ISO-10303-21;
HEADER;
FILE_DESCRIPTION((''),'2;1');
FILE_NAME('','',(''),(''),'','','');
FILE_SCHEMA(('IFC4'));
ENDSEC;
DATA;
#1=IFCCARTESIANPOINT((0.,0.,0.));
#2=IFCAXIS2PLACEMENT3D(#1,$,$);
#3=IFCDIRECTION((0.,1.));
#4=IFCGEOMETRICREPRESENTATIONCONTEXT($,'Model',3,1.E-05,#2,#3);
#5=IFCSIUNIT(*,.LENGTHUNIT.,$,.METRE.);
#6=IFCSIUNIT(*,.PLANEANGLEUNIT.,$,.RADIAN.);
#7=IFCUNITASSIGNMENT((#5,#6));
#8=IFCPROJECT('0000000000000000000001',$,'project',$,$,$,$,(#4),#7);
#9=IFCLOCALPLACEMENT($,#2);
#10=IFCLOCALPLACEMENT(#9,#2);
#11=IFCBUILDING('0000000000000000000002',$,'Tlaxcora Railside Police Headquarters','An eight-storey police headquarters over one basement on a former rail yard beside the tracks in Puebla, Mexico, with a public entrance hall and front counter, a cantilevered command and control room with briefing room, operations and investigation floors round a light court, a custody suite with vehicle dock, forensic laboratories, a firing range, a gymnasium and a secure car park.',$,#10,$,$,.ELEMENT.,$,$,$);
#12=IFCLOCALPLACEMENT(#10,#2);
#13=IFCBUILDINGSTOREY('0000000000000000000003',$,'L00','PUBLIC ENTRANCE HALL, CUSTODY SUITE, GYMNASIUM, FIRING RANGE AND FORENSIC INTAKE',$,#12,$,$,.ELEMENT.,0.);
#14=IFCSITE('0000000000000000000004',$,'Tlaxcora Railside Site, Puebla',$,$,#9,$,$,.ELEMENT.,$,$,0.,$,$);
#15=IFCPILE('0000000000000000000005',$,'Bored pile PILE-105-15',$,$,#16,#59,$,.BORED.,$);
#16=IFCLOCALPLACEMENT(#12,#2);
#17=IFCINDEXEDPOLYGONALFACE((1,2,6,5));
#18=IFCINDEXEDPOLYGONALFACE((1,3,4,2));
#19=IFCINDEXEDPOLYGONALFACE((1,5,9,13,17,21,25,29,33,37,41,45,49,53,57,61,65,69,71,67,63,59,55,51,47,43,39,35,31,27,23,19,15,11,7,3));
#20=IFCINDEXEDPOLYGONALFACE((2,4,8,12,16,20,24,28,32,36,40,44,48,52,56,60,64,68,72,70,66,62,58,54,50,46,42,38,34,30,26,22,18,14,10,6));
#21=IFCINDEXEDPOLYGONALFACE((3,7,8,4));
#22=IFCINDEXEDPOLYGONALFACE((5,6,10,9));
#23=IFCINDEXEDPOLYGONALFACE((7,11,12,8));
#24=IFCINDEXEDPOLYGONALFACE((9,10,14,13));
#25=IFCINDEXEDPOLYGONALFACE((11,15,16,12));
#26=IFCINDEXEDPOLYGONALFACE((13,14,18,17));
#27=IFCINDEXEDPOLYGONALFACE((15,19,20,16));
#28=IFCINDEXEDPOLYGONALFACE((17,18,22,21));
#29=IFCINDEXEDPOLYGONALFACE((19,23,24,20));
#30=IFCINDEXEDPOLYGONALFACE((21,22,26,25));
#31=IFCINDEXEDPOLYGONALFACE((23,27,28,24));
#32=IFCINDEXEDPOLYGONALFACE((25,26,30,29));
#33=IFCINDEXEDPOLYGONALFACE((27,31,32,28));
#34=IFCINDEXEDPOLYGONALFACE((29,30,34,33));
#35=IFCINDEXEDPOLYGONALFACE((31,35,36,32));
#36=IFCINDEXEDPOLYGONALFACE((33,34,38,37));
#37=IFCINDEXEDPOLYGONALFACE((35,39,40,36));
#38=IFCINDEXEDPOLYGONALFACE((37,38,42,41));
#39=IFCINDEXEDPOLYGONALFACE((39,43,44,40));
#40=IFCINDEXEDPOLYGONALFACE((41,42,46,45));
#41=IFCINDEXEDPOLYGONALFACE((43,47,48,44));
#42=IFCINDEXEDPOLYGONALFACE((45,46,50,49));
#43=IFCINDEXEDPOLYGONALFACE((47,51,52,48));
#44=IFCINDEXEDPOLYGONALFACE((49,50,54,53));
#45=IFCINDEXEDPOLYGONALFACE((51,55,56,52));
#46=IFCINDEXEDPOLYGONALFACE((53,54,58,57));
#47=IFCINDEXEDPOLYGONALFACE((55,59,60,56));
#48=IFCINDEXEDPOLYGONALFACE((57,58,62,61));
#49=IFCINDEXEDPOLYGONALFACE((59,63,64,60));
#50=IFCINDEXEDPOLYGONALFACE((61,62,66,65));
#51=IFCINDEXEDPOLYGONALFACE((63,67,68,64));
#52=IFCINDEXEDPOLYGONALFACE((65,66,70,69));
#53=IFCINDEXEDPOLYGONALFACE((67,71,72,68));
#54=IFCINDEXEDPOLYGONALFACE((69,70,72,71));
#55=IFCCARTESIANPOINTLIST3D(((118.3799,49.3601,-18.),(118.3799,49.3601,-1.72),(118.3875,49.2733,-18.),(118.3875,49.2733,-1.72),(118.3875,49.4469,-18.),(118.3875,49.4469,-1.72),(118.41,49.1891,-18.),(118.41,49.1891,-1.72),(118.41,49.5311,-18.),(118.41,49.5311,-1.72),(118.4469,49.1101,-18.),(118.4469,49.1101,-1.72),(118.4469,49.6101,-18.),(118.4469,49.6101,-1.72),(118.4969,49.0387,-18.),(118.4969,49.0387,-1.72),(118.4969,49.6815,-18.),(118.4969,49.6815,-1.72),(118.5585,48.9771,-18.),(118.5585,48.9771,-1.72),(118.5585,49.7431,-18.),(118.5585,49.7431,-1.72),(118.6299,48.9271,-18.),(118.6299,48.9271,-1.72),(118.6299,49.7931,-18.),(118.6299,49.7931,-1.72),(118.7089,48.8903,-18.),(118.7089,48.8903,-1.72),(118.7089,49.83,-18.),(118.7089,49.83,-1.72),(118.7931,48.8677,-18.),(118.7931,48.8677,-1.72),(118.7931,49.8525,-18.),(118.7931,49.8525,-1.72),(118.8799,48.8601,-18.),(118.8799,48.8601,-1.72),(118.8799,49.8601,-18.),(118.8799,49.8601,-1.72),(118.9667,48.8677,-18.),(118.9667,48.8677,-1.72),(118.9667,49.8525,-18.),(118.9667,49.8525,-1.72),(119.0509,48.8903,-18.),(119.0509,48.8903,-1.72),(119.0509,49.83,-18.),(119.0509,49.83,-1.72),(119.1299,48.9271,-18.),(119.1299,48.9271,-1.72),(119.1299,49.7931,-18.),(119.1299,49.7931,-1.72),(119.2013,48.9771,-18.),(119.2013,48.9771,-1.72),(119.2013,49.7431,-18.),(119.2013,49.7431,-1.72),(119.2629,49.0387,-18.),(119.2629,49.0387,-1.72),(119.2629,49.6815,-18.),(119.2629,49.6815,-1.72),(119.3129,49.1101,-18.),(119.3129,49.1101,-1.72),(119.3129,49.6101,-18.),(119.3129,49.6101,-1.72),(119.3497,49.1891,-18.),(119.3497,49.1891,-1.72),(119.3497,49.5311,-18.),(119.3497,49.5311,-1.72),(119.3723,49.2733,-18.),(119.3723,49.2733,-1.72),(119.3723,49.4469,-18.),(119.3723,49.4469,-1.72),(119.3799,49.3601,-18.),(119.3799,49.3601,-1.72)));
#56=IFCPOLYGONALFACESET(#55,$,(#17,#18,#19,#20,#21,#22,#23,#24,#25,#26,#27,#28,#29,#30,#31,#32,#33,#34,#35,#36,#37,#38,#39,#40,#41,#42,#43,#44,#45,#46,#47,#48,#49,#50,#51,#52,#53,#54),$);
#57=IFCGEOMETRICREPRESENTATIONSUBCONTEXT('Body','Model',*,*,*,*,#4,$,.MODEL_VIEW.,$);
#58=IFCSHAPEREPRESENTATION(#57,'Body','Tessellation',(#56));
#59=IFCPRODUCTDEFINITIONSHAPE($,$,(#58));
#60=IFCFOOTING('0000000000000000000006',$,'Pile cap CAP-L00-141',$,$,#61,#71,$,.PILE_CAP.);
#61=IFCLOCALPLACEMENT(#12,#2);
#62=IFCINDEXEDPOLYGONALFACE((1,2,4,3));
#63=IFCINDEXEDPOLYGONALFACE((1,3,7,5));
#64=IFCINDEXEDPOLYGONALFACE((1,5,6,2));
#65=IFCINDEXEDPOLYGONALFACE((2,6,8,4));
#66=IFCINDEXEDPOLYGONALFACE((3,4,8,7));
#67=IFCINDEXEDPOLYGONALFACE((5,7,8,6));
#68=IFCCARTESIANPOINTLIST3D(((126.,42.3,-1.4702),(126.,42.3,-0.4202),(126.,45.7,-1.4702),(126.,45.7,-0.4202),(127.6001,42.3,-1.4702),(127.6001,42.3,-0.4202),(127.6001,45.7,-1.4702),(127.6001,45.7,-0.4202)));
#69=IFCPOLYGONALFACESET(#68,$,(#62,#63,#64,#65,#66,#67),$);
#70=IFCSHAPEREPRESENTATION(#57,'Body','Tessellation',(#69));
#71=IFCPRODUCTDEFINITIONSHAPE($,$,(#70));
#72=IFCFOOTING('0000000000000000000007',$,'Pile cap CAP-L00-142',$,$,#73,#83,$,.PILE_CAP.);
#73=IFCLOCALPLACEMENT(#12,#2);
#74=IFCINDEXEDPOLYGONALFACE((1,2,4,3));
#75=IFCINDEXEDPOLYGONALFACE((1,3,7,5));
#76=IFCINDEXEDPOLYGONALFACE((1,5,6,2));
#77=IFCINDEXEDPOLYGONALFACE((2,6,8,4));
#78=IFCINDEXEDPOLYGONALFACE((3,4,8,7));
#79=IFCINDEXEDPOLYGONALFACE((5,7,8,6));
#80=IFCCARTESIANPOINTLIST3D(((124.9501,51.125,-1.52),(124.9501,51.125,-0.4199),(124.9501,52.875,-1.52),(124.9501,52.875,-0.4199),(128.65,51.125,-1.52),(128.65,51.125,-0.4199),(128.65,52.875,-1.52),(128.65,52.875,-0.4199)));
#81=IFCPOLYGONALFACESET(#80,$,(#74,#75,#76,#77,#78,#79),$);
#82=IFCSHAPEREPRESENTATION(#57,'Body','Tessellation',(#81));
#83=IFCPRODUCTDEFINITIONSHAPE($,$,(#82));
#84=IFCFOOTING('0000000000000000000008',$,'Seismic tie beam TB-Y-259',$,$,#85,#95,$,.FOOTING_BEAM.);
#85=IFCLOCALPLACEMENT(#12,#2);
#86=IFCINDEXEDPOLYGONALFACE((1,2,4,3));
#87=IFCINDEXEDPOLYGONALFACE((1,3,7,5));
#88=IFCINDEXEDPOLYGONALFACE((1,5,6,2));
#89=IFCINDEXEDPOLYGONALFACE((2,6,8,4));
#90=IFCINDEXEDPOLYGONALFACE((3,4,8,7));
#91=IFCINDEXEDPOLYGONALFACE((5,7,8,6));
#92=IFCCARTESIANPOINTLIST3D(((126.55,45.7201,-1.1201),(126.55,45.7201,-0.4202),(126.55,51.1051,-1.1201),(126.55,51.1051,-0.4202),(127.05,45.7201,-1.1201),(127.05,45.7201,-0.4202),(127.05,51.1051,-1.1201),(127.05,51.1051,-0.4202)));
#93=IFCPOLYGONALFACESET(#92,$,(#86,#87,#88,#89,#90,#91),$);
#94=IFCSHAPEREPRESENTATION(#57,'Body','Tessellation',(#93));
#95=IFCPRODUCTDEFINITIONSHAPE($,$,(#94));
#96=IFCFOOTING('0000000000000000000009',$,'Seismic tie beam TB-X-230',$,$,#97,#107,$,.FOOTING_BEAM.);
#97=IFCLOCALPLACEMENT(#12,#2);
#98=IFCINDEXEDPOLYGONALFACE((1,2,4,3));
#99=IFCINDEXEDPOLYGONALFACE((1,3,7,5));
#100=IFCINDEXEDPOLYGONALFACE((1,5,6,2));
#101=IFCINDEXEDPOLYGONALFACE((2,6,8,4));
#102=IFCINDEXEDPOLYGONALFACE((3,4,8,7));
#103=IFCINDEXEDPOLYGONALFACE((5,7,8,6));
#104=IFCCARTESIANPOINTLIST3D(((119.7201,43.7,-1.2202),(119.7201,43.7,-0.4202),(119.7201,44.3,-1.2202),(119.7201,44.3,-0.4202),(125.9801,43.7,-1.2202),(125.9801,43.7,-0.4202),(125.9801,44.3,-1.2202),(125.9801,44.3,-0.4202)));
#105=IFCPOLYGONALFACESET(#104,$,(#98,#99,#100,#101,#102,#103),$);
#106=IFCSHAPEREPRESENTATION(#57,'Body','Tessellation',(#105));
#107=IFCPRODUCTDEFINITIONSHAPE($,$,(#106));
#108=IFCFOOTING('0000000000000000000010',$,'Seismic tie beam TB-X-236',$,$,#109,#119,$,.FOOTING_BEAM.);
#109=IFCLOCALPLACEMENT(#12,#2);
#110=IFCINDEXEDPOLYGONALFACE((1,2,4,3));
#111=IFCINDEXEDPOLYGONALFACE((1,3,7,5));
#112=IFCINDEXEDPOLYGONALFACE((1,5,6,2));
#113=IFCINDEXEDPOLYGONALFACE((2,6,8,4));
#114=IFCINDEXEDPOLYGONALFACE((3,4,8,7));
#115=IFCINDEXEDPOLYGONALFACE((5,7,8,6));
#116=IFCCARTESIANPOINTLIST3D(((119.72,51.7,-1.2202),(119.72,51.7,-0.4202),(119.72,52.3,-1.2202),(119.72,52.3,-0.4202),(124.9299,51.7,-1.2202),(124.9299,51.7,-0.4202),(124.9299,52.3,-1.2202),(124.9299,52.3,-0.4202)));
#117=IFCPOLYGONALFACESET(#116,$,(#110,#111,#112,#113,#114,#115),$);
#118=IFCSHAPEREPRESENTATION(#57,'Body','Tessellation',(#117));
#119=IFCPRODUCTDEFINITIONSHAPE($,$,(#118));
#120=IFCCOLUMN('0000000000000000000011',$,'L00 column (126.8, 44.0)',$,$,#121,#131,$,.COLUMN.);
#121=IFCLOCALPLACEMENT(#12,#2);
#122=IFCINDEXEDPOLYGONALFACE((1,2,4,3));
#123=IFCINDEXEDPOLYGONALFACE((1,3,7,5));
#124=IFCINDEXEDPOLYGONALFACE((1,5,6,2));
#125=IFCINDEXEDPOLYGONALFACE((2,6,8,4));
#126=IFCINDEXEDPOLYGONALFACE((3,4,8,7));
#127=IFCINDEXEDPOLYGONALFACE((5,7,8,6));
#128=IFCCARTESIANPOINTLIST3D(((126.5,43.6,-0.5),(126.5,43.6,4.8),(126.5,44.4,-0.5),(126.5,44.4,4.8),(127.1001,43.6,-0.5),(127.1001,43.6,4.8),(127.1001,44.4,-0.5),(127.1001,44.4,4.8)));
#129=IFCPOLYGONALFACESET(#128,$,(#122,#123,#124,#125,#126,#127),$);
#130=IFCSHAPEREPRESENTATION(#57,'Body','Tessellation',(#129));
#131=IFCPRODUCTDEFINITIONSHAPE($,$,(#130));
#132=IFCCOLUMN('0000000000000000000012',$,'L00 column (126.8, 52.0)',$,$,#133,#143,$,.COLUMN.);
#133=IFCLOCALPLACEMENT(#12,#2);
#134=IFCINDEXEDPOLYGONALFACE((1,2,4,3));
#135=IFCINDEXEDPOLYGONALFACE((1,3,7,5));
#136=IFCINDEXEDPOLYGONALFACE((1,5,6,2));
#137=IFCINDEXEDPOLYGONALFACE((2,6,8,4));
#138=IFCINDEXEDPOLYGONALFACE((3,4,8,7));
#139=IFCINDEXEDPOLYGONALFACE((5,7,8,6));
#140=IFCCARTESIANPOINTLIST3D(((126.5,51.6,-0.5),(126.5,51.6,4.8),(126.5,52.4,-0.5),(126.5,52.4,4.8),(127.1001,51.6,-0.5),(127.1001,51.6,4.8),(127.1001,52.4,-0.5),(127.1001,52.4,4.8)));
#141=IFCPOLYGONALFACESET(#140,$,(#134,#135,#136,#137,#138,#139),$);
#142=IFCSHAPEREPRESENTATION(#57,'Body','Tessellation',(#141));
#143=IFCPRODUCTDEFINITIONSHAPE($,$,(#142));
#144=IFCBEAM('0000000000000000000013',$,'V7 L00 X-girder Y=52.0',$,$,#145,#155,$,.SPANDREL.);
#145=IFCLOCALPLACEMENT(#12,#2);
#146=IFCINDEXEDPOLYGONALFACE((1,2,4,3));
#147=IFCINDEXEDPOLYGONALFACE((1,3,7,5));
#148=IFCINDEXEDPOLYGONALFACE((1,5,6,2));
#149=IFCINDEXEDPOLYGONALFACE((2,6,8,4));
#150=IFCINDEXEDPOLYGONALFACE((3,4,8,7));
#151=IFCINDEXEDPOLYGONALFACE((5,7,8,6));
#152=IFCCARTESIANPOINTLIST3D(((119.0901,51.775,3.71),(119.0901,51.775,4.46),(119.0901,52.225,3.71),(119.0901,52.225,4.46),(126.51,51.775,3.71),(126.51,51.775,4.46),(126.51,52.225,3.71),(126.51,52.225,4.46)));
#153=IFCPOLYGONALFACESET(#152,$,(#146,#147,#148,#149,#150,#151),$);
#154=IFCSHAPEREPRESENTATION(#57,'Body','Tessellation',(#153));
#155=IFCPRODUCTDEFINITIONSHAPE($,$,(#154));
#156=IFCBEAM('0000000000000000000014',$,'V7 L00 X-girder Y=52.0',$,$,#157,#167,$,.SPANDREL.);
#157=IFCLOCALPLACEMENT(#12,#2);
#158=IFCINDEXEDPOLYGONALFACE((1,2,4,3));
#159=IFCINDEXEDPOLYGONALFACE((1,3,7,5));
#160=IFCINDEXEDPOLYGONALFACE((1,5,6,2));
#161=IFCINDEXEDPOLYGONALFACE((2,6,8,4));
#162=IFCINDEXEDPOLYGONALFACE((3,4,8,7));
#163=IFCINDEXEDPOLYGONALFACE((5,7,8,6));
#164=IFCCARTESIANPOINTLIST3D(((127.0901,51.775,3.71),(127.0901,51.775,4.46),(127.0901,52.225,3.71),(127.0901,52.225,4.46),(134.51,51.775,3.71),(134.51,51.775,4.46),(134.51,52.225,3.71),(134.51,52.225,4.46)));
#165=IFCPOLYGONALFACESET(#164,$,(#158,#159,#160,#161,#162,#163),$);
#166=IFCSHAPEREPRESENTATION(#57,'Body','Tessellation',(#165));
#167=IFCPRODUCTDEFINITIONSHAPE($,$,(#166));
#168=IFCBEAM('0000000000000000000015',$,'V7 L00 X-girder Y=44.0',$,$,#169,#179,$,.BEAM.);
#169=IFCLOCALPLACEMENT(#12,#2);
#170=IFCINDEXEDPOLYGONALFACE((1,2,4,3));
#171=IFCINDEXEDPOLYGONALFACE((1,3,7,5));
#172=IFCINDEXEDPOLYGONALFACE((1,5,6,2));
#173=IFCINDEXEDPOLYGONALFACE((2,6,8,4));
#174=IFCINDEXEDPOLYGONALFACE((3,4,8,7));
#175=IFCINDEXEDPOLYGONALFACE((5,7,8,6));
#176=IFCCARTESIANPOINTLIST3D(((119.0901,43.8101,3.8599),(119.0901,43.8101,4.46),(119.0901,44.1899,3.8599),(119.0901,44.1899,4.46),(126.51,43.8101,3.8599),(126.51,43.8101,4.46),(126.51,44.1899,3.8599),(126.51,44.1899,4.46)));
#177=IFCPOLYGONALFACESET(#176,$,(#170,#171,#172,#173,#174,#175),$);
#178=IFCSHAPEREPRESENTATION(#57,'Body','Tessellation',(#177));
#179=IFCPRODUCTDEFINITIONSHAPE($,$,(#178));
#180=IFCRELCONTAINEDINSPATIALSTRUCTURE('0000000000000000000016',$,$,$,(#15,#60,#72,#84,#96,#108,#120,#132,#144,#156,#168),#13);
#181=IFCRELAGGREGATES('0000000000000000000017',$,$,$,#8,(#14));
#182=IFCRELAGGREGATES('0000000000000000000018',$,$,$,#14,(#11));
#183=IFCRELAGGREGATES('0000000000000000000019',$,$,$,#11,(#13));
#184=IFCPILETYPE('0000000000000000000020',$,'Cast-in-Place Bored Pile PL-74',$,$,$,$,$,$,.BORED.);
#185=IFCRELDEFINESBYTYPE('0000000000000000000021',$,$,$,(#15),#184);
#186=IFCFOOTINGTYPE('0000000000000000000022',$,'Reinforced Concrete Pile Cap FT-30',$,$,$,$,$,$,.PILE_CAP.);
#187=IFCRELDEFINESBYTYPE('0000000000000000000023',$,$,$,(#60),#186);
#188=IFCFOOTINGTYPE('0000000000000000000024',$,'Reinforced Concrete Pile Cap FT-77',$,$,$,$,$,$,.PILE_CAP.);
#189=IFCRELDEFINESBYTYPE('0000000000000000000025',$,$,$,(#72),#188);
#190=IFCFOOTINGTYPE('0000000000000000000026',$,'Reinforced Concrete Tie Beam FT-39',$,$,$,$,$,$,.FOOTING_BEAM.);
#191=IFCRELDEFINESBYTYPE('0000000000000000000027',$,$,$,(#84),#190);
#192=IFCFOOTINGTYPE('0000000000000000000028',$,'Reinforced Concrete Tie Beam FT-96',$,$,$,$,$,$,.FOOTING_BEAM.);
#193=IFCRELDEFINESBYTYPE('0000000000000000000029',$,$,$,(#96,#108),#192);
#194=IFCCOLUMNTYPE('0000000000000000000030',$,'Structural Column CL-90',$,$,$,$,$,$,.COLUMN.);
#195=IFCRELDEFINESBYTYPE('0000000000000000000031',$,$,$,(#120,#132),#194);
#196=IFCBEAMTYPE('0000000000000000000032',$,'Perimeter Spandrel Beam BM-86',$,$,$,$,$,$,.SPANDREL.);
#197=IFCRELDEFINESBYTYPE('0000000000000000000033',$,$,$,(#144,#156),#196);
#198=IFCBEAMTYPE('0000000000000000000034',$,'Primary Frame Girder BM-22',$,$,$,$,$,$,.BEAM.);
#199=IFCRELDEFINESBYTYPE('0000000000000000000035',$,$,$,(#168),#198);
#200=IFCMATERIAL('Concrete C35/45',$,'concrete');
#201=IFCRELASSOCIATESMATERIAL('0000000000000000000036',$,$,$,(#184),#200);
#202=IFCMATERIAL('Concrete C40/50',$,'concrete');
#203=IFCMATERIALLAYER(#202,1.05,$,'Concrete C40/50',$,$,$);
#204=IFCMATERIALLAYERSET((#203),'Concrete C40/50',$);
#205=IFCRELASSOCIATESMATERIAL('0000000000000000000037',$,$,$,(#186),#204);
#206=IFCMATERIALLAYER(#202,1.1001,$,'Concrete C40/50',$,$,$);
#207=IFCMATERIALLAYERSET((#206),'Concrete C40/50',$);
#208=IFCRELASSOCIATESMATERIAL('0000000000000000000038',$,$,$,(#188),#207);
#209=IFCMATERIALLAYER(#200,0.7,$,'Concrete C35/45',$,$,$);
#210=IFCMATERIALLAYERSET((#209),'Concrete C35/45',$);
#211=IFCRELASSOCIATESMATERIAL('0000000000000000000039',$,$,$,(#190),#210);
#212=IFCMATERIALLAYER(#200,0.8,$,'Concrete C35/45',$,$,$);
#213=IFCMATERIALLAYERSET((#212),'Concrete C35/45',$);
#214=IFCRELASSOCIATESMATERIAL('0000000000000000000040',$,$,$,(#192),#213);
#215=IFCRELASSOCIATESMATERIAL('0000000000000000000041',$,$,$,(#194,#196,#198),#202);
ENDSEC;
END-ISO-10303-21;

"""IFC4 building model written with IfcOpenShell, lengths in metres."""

from ifc_helpers import new_model, si_unit, direction, frame, origin, origin_2d, place, context, subcontext, project, spatial, rectangle, circle, extrude, material, layer, layer_set, material_profile, profile_set, type_object, element, save


model = new_model("IFC4")

# Units and contexts
model_context = context("Model", 3, precision=1e-05, world=origin(), true_north=direction((0.0, 1.0)))
body_context = subcontext(model_context, "Body", "Model", "MODEL_VIEW")
ifc_project = project(units=[si_unit("LENGTHUNIT", "METRE"), si_unit("PLANEANGLEUNIT", "RADIAN")], contexts=[model_context])

# Site, building, storey
site_placement = place(None, origin())
site = spatial("IfcSite", under=ifc_project, at=site_placement, Name="Tlaxcora Railside Site, Puebla", CompositionType="ELEMENT", RefElevation=0.0)
building_placement = place(site_placement, origin())
building = spatial("IfcBuilding", under=site, at=building_placement, Name="Tlaxcora Railside Police Headquarters", Description="An eight-storey police headquarters over one basement on a former rail yard beside the tracks in Puebla, Mexico, with a public entrance hall and front counter, a cantilevered command and control room with briefing room, operations and investigation floors round a light court, a custody suite with vehicle dock, forensic laboratories, a firing range, a gymnasium and a secure car park.", CompositionType="ELEMENT")
storey_placement = place(building_placement, origin())
storey = spatial("IfcBuildingStorey", under=building, at=storey_placement, Name="L00", Description="PUBLIC ENTRANCE HALL, CUSTODY SUITE, GYMNASIUM, FIRING RANGE AND FORENSIC INTAKE", CompositionType="ELEMENT", Elevation=0.0)

# Pile
ifc_material_1 = material(Name="Concrete C35/45", Category="concrete")
ifc_material_profile_1 = material_profile(ifc_material_1, circle(Radius=0.5, at=origin_2d()), Name="PILE1000")
ifc_profile_set_1 = profile_set([ifc_material_profile_1], Name="Concrete C35/45")
pile_type_1 = type_object("IfcPileType", Name="Cast-in-Place Bored Pile PL-74", PredefinedType="BORED", material=ifc_profile_set_1)
for number, where, z_axis, x_axis, name in (
    (1, (118.8799, 49.3601, -1.72), (0.0, 0.0, -1.0), (1.0, 0.0, 0.0), "Bored pile PILE-105-15"),
):
    element("IfcPile", number, at=place(storey_placement, frame(where, z_axis=z_axis, x_axis=x_axis)), inside=storey, type_object=pile_type_1, Name=name, PredefinedType="BORED", context=body_context, shape_type="SweptSolid", body=[
        extrude(circle(Radius=0.5, at=origin_2d()), origin(), (0.0, 0.0, 1.0), 16.28),
    ])

# Footings
ifc_material_2 = material(Name="Concrete C40/50", Category="concrete")
ifc_layer_1 = layer(ifc_material_2, 1.05, Name="Concrete C40/50")
ifc_layer_set_1 = layer_set([ifc_layer_1], Name="Concrete C40/50")
footing_type_1 = type_object("IfcFootingType", Name="Reinforced Concrete Pile Cap FT-30", PredefinedType="PILE_CAP", material=ifc_layer_set_1)
footing_1_placement = place(storey_placement, frame((126.8, 44.0, -1.4702), z_axis=(0.0, 0.0, 1.0), x_axis=(1.0, 0.0, 0.0)))
element("IfcFooting", 2, at=footing_1_placement, inside=storey, type_object=footing_type_1, Name="Pile cap CAP-L00-141", PredefinedType="PILE_CAP", context=body_context, shape_type="SweptSolid", body=[
    extrude(rectangle(XDim=1.6001, YDim=3.3999, at=origin_2d()), origin(), (0.0, 0.0, 1.0), 1.05),
])
ifc_layer_2 = layer(ifc_material_2, 1.1001, Name="Concrete C40/50")
ifc_layer_set_2 = layer_set([ifc_layer_2], Name="Concrete C40/50")
footing_type_2 = type_object("IfcFootingType", Name="Reinforced Concrete Pile Cap FT-77", PredefinedType="PILE_CAP", material=ifc_layer_set_2)
footing_2_placement = place(storey_placement, frame((126.8, 52.0, -1.52), z_axis=(0.0, 0.0, 1.0), x_axis=(1.0, 0.0, 0.0)))
element("IfcFooting", 3, at=footing_2_placement, inside=storey, type_object=footing_type_2, Name="Pile cap CAP-L00-142", PredefinedType="PILE_CAP", context=body_context, shape_type="SweptSolid", body=[
    extrude(rectangle(XDim=3.7, YDim=1.75, at=origin_2d()), origin(), (0.0, 0.0, 1.0), 1.1001),
])
ifc_layer_3 = layer(ifc_material_1, 0.7, Name="Concrete C35/45")
ifc_layer_set_3 = layer_set([ifc_layer_3], Name="Concrete C35/45")
footing_type_3 = type_object("IfcFootingType", Name="Reinforced Concrete Tie Beam FT-39", PredefinedType="FOOTING_BEAM", material=ifc_layer_set_3)
footing_3_placement = place(storey_placement, frame((126.8, 48.4126, -1.1201), z_axis=(0.0, 0.0, 1.0), x_axis=(0.0, 1.0, 0.0)))
element("IfcFooting", 4, at=footing_3_placement, inside=storey, type_object=footing_type_3, Name="Seismic tie beam TB-Y-259", PredefinedType="FOOTING_BEAM", context=body_context, shape_type="SweptSolid", body=[
    extrude(rectangle(XDim=5.385, YDim=0.5, at=origin_2d()), origin(), (0.0, 0.0, 1.0), 0.7),
])
ifc_layer_4 = layer(ifc_material_1, 0.8, Name="Concrete C35/45")
ifc_layer_set_4 = layer_set([ifc_layer_4], Name="Concrete C35/45")
footing_type_4 = type_object("IfcFootingType", Name="Reinforced Concrete Tie Beam FT-96", PredefinedType="FOOTING_BEAM", material=ifc_layer_set_4)
footing_4_placement = place(storey_placement, frame((122.8501, 44.0, -1.2202), z_axis=(0.0, 0.0, 1.0), x_axis=(1.0, 0.0, 0.0)))
element("IfcFooting", 5, at=footing_4_placement, inside=storey, type_object=footing_type_4, Name="Seismic tie beam TB-X-230", PredefinedType="FOOTING_BEAM", context=body_context, shape_type="SweptSolid", body=[
    extrude(rectangle(XDim=6.26, YDim=0.6001, at=origin_2d()), origin(), (0.0, 0.0, 1.0), 0.8),
])
footing_5_placement = place(storey_placement, frame((122.325, 52.0, -1.2202), z_axis=(0.0, 0.0, 1.0), x_axis=(1.0, 0.0, 0.0)))
element("IfcFooting", 6, at=footing_5_placement, inside=storey, type_object=footing_type_4, Name="Seismic tie beam TB-X-236", PredefinedType="FOOTING_BEAM", context=body_context, shape_type="SweptSolid", body=[
    extrude(rectangle(XDim=5.21, YDim=0.6001, at=origin_2d()), origin(), (0.0, 0.0, 1.0), 0.8),
])

# Columns
ifc_material_profile_2 = material_profile(ifc_material_2, rectangle(XDim=0.6001, YDim=0.8, at=origin_2d()), Name="RC600X800")
ifc_profile_set_2 = profile_set([ifc_material_profile_2], Name="Concrete C40/50")
column_type = type_object("IfcColumnType", Name="Structural Column CL-90", PredefinedType="COLUMN", material=ifc_profile_set_2)
for number, where, z_axis, x_axis, name in (
    (7, (126.8, 44.0, -0.5), (0.0, 0.0, 1.0), (1.0, 0.0, 0.0), "L00 column (126.8, 44.0)"),
    (8, (126.8, 52.0, -0.5), (0.0, 0.0, 1.0), (1.0, 0.0, 0.0), "L00 column (126.8, 52.0)"),
):
    element("IfcColumn", number, at=place(storey_placement, frame(where, z_axis=z_axis, x_axis=x_axis)), inside=storey, type_object=column_type, Name=name, PredefinedType="COLUMN", context=body_context, shape_type="SweptSolid", body=[
        extrude(rectangle(XDim=0.6001, YDim=0.8, at=origin_2d()), origin(), (0.0, 0.0, 1.0), 5.3),
    ])

# Beams
ifc_material_profile_3 = material_profile(ifc_material_2, rectangle(XDim=0.45, YDim=0.75, at=origin_2d()), Name="RC450X750")
ifc_profile_set_3 = profile_set([ifc_material_profile_3], Name="Concrete C40/50")
beam_type_1 = type_object("IfcBeamType", Name="Perimeter Spandrel Beam BM-86", PredefinedType="SPANDREL", material=ifc_profile_set_3)
for number, where, z_axis, x_axis, name in (
    (9, (119.0901, 52.0, 4.085), (1.0, 0.0, 0.0), (0.0, 1.0, 0.0), "V7 L00 X-girder Y=52.0"),
    (10, (127.0901, 52.0, 4.085), (1.0, 0.0, 0.0), (0.0, 1.0, 0.0), "V7 L00 X-girder Y=52.0"),
):
    element("IfcBeam", number, at=place(storey_placement, frame(where, z_axis=z_axis, x_axis=x_axis)), inside=storey, type_object=beam_type_1, Name=name, PredefinedType="SPANDREL", context=body_context, shape_type="SweptSolid", body=[
        extrude(rectangle(XDim=0.45, YDim=0.75, at=origin_2d()), origin(), (0.0, 0.0, 1.0), 7.4199),
    ])
ifc_material_profile_4 = material_profile(ifc_material_2, rectangle(XDim=0.3799, YDim=0.6001, at=origin_2d()), Name="RC380X600")
ifc_profile_set_4 = profile_set([ifc_material_profile_4], Name="Concrete C40/50")
beam_type_2 = type_object("IfcBeamType", Name="Primary Frame Girder BM-22", PredefinedType="BEAM", material=ifc_profile_set_4)
beam_1_placement = place(storey_placement, frame((119.0901, 44.0, 4.1599), z_axis=(1.0, 0.0, 0.0), x_axis=(0.0, 1.0, 0.0)))
element("IfcBeam", 11, at=beam_1_placement, inside=storey, type_object=beam_type_2, Name="V7 L00 X-girder Y=44.0", PredefinedType="BEAM", context=body_context, shape_type="SweptSolid", body=[
    extrude(rectangle(XDim=0.3799, YDim=0.6001, at=origin_2d()), origin(), (0.0, 0.0, 1.0), 7.4199),
])

save(model, "model.ifc")
